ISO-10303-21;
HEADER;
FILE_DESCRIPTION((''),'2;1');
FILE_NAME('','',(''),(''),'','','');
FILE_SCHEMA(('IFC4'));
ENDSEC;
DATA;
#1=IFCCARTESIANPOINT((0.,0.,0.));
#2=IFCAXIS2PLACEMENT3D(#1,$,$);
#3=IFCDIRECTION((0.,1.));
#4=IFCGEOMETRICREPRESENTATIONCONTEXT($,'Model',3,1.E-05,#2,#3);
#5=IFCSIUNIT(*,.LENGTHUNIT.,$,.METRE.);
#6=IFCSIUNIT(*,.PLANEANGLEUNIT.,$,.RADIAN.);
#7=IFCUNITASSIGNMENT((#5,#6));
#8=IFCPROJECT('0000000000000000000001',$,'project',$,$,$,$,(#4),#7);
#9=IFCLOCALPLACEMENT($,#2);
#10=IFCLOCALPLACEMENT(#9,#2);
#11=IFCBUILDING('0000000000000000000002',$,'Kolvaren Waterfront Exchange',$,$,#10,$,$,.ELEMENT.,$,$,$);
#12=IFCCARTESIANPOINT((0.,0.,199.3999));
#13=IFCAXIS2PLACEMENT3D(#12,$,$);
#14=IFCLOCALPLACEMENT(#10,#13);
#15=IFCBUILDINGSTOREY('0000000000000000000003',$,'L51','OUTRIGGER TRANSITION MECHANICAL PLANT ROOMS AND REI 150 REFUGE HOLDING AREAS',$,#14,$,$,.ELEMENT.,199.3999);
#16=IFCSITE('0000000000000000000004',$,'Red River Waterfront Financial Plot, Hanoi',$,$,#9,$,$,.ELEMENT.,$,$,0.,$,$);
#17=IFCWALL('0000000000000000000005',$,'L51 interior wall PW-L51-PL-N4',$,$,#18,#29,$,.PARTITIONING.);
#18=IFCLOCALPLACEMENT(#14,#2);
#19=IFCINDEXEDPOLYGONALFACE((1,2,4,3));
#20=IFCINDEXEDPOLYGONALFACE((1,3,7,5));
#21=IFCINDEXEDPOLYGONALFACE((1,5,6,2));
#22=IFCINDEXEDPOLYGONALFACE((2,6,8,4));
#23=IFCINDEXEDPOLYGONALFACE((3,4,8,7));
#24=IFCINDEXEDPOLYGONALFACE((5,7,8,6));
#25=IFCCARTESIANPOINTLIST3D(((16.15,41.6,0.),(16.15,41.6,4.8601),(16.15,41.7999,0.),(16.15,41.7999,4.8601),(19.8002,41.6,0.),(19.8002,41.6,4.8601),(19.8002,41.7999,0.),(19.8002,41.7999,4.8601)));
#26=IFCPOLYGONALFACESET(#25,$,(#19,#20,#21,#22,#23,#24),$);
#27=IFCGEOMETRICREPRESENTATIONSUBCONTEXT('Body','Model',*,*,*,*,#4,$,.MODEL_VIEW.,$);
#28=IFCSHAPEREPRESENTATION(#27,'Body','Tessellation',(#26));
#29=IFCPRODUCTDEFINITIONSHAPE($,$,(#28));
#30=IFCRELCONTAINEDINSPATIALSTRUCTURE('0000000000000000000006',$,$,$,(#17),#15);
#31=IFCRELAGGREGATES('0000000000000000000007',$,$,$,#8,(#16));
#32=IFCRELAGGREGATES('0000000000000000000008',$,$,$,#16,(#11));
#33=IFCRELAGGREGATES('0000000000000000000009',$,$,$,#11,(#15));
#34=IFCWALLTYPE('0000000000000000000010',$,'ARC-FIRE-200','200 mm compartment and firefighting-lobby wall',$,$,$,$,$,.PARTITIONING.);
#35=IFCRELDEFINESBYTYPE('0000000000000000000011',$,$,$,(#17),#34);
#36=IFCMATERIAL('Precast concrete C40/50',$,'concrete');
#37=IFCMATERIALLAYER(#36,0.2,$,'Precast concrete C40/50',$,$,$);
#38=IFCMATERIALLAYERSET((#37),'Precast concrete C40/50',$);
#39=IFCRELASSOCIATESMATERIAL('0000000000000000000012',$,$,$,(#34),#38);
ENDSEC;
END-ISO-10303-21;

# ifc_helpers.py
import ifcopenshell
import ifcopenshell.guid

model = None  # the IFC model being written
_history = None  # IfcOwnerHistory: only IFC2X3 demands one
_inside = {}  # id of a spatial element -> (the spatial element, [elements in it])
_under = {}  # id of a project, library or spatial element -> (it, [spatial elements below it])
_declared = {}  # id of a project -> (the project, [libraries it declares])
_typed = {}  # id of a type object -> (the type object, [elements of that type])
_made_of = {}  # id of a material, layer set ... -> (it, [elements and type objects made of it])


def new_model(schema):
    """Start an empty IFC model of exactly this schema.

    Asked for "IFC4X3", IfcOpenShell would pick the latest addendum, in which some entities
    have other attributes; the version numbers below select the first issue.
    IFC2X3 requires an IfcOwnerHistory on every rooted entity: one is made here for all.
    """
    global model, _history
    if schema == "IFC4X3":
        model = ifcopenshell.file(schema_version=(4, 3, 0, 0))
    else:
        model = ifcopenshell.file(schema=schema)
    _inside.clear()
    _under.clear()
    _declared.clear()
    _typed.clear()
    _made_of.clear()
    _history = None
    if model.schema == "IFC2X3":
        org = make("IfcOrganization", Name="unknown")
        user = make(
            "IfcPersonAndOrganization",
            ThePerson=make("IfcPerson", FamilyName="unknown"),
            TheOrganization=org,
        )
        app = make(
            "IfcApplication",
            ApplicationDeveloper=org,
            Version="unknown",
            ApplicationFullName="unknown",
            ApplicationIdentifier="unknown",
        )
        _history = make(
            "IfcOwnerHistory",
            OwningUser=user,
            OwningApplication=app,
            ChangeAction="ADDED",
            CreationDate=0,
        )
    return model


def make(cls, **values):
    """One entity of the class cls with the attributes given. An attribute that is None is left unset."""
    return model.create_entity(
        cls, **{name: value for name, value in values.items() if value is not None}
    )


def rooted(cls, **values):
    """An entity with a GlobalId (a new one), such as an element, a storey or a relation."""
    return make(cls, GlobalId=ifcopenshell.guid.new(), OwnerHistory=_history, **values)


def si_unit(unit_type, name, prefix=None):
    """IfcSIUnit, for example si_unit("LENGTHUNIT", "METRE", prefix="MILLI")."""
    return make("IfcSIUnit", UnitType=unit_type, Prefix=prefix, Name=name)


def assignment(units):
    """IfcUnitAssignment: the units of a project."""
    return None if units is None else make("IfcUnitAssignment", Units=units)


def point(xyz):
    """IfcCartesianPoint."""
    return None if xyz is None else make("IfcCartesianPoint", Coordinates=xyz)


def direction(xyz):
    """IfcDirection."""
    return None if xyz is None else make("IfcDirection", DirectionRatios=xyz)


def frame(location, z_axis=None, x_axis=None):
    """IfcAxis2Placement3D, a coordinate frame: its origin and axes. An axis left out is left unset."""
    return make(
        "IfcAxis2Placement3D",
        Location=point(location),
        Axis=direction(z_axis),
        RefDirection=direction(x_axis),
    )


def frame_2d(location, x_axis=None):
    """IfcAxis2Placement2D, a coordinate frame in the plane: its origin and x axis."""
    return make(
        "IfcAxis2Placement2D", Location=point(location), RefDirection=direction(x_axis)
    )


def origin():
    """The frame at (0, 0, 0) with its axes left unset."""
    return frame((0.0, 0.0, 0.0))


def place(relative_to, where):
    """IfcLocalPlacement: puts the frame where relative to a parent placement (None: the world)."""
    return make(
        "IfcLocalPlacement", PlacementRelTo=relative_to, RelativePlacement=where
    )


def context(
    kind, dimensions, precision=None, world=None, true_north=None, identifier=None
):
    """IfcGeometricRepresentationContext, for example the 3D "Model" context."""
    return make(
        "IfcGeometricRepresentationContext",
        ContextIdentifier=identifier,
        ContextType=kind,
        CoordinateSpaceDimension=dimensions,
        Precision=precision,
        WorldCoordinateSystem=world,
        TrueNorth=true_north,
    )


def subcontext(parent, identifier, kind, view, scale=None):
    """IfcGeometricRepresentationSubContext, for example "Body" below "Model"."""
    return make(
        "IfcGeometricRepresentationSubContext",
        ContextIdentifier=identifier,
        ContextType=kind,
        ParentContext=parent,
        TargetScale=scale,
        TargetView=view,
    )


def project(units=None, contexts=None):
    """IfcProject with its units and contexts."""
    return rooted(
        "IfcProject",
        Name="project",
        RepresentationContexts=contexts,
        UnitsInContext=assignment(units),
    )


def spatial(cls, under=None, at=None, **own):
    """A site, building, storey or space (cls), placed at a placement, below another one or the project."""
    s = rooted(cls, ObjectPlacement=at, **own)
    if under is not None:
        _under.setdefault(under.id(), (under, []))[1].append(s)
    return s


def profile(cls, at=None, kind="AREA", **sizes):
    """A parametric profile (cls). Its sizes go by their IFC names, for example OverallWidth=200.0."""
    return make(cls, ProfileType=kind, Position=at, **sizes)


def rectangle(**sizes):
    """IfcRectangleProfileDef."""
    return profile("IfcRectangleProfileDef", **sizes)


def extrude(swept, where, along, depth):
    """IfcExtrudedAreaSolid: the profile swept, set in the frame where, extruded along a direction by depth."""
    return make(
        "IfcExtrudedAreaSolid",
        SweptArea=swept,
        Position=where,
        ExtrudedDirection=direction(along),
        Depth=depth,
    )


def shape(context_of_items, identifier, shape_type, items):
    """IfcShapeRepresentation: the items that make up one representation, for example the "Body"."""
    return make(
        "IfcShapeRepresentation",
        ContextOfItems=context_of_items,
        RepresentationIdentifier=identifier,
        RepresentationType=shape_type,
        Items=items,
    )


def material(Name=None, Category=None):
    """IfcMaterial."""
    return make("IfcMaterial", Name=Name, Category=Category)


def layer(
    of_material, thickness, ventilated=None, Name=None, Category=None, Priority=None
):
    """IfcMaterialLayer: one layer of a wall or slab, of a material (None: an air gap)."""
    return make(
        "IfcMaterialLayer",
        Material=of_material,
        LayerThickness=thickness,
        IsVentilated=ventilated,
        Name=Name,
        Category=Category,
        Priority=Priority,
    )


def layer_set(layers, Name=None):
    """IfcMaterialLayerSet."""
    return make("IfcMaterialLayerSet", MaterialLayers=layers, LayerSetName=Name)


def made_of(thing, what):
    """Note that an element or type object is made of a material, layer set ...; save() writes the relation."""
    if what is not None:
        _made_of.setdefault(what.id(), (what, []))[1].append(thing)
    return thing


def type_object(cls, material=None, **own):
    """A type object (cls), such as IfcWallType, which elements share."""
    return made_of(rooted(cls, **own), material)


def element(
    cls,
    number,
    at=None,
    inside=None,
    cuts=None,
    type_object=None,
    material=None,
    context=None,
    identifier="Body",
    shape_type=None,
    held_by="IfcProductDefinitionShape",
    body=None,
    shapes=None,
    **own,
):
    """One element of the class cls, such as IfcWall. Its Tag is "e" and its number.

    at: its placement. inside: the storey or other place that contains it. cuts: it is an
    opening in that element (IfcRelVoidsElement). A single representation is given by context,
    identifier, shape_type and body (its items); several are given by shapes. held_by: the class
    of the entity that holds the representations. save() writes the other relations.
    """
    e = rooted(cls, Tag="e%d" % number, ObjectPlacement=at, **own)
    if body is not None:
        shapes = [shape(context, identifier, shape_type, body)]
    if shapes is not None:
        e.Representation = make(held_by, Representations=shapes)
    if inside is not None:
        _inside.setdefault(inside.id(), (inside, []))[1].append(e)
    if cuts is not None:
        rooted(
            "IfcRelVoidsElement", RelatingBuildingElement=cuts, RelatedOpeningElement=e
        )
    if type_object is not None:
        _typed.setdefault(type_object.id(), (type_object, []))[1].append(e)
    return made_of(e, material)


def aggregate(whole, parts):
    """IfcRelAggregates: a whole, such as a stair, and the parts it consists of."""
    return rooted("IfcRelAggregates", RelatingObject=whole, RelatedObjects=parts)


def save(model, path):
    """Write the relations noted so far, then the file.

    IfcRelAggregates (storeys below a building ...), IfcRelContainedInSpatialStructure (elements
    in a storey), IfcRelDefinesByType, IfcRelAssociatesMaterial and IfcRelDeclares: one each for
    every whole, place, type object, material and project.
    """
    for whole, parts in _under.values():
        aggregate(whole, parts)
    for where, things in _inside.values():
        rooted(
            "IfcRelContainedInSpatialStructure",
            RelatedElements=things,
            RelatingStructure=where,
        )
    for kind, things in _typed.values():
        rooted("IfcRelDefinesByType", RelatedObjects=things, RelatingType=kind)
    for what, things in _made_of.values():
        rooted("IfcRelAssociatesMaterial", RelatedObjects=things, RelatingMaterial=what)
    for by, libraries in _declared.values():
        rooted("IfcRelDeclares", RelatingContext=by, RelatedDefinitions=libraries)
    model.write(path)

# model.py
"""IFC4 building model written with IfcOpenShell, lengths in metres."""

from ifc_helpers import new_model, si_unit, direction, frame, frame_2d, origin, place, context, subcontext, project, spatial, rectangle, extrude, material, layer, layer_set, type_object, element, save


model = new_model("IFC4")

# Units and contexts
model_context = context("Model", 3, precision=1e-05, world=origin(), true_north=direction((0.0, 1.0)))
body_context = subcontext(model_context, "Body", "Model", "MODEL_VIEW")
ifc_project = project(units=[si_unit("LENGTHUNIT", "METRE"), si_unit("PLANEANGLEUNIT", "RADIAN")], contexts=[model_context])

# Site, building, storey
site_placement = place(None, origin())
site = spatial("IfcSite", under=ifc_project, at=site_placement, Name="Red River Waterfront Financial Plot, Hanoi", CompositionType="ELEMENT", RefElevation=0.0)
building_placement = place(site_placement, origin())
building = spatial("IfcBuilding", under=site, at=building_placement, Name="Kolvaren Waterfront Exchange", CompositionType="ELEMENT")
storey_placement = place(building_placement, frame((0.0, 0.0, 199.3999)))
storey = spatial("IfcBuildingStorey", under=building, at=storey_placement, Name="L51", Description="OUTRIGGER TRANSITION MECHANICAL PLANT ROOMS AND REI 150 REFUGE HOLDING AREAS", CompositionType="ELEMENT", Elevation=199.3999)

# Wall
ifc_material_1 = material(Name="Precast concrete C40/50", Category="concrete")
ifc_layer_1 = layer(ifc_material_1, 0.2, Name="Precast concrete C40/50")
ifc_layer_set_1 = layer_set([ifc_layer_1], Name="Precast concrete C40/50")
wall_type_1 = type_object("IfcWallType", Name="ARC-FIRE-200", Description="200 mm compartment and firefighting-lobby wall", PredefinedType="PARTITIONING", material=ifc_layer_set_1)
wall_1_placement = place(storey_placement, frame((16.1499, 41.7, 0.0), z_axis=(0.0, 0.0, 1.0), x_axis=(1.0, 0.0, 0.0)))
element("IfcWall", 1, at=wall_1_placement, inside=storey, type_object=wall_type_1, Name="L51 interior wall PW-L51-PL-N4", PredefinedType="PARTITIONING", context=body_context, shape_type="SweptSolid", body=[
    extrude(rectangle(XDim=3.6501, YDim=0.2, at=frame_2d((1.8252, 0.0))), origin(), (0.0, 0.0, 1.0), 4.8601),
])

save(model, "model.ifc")
